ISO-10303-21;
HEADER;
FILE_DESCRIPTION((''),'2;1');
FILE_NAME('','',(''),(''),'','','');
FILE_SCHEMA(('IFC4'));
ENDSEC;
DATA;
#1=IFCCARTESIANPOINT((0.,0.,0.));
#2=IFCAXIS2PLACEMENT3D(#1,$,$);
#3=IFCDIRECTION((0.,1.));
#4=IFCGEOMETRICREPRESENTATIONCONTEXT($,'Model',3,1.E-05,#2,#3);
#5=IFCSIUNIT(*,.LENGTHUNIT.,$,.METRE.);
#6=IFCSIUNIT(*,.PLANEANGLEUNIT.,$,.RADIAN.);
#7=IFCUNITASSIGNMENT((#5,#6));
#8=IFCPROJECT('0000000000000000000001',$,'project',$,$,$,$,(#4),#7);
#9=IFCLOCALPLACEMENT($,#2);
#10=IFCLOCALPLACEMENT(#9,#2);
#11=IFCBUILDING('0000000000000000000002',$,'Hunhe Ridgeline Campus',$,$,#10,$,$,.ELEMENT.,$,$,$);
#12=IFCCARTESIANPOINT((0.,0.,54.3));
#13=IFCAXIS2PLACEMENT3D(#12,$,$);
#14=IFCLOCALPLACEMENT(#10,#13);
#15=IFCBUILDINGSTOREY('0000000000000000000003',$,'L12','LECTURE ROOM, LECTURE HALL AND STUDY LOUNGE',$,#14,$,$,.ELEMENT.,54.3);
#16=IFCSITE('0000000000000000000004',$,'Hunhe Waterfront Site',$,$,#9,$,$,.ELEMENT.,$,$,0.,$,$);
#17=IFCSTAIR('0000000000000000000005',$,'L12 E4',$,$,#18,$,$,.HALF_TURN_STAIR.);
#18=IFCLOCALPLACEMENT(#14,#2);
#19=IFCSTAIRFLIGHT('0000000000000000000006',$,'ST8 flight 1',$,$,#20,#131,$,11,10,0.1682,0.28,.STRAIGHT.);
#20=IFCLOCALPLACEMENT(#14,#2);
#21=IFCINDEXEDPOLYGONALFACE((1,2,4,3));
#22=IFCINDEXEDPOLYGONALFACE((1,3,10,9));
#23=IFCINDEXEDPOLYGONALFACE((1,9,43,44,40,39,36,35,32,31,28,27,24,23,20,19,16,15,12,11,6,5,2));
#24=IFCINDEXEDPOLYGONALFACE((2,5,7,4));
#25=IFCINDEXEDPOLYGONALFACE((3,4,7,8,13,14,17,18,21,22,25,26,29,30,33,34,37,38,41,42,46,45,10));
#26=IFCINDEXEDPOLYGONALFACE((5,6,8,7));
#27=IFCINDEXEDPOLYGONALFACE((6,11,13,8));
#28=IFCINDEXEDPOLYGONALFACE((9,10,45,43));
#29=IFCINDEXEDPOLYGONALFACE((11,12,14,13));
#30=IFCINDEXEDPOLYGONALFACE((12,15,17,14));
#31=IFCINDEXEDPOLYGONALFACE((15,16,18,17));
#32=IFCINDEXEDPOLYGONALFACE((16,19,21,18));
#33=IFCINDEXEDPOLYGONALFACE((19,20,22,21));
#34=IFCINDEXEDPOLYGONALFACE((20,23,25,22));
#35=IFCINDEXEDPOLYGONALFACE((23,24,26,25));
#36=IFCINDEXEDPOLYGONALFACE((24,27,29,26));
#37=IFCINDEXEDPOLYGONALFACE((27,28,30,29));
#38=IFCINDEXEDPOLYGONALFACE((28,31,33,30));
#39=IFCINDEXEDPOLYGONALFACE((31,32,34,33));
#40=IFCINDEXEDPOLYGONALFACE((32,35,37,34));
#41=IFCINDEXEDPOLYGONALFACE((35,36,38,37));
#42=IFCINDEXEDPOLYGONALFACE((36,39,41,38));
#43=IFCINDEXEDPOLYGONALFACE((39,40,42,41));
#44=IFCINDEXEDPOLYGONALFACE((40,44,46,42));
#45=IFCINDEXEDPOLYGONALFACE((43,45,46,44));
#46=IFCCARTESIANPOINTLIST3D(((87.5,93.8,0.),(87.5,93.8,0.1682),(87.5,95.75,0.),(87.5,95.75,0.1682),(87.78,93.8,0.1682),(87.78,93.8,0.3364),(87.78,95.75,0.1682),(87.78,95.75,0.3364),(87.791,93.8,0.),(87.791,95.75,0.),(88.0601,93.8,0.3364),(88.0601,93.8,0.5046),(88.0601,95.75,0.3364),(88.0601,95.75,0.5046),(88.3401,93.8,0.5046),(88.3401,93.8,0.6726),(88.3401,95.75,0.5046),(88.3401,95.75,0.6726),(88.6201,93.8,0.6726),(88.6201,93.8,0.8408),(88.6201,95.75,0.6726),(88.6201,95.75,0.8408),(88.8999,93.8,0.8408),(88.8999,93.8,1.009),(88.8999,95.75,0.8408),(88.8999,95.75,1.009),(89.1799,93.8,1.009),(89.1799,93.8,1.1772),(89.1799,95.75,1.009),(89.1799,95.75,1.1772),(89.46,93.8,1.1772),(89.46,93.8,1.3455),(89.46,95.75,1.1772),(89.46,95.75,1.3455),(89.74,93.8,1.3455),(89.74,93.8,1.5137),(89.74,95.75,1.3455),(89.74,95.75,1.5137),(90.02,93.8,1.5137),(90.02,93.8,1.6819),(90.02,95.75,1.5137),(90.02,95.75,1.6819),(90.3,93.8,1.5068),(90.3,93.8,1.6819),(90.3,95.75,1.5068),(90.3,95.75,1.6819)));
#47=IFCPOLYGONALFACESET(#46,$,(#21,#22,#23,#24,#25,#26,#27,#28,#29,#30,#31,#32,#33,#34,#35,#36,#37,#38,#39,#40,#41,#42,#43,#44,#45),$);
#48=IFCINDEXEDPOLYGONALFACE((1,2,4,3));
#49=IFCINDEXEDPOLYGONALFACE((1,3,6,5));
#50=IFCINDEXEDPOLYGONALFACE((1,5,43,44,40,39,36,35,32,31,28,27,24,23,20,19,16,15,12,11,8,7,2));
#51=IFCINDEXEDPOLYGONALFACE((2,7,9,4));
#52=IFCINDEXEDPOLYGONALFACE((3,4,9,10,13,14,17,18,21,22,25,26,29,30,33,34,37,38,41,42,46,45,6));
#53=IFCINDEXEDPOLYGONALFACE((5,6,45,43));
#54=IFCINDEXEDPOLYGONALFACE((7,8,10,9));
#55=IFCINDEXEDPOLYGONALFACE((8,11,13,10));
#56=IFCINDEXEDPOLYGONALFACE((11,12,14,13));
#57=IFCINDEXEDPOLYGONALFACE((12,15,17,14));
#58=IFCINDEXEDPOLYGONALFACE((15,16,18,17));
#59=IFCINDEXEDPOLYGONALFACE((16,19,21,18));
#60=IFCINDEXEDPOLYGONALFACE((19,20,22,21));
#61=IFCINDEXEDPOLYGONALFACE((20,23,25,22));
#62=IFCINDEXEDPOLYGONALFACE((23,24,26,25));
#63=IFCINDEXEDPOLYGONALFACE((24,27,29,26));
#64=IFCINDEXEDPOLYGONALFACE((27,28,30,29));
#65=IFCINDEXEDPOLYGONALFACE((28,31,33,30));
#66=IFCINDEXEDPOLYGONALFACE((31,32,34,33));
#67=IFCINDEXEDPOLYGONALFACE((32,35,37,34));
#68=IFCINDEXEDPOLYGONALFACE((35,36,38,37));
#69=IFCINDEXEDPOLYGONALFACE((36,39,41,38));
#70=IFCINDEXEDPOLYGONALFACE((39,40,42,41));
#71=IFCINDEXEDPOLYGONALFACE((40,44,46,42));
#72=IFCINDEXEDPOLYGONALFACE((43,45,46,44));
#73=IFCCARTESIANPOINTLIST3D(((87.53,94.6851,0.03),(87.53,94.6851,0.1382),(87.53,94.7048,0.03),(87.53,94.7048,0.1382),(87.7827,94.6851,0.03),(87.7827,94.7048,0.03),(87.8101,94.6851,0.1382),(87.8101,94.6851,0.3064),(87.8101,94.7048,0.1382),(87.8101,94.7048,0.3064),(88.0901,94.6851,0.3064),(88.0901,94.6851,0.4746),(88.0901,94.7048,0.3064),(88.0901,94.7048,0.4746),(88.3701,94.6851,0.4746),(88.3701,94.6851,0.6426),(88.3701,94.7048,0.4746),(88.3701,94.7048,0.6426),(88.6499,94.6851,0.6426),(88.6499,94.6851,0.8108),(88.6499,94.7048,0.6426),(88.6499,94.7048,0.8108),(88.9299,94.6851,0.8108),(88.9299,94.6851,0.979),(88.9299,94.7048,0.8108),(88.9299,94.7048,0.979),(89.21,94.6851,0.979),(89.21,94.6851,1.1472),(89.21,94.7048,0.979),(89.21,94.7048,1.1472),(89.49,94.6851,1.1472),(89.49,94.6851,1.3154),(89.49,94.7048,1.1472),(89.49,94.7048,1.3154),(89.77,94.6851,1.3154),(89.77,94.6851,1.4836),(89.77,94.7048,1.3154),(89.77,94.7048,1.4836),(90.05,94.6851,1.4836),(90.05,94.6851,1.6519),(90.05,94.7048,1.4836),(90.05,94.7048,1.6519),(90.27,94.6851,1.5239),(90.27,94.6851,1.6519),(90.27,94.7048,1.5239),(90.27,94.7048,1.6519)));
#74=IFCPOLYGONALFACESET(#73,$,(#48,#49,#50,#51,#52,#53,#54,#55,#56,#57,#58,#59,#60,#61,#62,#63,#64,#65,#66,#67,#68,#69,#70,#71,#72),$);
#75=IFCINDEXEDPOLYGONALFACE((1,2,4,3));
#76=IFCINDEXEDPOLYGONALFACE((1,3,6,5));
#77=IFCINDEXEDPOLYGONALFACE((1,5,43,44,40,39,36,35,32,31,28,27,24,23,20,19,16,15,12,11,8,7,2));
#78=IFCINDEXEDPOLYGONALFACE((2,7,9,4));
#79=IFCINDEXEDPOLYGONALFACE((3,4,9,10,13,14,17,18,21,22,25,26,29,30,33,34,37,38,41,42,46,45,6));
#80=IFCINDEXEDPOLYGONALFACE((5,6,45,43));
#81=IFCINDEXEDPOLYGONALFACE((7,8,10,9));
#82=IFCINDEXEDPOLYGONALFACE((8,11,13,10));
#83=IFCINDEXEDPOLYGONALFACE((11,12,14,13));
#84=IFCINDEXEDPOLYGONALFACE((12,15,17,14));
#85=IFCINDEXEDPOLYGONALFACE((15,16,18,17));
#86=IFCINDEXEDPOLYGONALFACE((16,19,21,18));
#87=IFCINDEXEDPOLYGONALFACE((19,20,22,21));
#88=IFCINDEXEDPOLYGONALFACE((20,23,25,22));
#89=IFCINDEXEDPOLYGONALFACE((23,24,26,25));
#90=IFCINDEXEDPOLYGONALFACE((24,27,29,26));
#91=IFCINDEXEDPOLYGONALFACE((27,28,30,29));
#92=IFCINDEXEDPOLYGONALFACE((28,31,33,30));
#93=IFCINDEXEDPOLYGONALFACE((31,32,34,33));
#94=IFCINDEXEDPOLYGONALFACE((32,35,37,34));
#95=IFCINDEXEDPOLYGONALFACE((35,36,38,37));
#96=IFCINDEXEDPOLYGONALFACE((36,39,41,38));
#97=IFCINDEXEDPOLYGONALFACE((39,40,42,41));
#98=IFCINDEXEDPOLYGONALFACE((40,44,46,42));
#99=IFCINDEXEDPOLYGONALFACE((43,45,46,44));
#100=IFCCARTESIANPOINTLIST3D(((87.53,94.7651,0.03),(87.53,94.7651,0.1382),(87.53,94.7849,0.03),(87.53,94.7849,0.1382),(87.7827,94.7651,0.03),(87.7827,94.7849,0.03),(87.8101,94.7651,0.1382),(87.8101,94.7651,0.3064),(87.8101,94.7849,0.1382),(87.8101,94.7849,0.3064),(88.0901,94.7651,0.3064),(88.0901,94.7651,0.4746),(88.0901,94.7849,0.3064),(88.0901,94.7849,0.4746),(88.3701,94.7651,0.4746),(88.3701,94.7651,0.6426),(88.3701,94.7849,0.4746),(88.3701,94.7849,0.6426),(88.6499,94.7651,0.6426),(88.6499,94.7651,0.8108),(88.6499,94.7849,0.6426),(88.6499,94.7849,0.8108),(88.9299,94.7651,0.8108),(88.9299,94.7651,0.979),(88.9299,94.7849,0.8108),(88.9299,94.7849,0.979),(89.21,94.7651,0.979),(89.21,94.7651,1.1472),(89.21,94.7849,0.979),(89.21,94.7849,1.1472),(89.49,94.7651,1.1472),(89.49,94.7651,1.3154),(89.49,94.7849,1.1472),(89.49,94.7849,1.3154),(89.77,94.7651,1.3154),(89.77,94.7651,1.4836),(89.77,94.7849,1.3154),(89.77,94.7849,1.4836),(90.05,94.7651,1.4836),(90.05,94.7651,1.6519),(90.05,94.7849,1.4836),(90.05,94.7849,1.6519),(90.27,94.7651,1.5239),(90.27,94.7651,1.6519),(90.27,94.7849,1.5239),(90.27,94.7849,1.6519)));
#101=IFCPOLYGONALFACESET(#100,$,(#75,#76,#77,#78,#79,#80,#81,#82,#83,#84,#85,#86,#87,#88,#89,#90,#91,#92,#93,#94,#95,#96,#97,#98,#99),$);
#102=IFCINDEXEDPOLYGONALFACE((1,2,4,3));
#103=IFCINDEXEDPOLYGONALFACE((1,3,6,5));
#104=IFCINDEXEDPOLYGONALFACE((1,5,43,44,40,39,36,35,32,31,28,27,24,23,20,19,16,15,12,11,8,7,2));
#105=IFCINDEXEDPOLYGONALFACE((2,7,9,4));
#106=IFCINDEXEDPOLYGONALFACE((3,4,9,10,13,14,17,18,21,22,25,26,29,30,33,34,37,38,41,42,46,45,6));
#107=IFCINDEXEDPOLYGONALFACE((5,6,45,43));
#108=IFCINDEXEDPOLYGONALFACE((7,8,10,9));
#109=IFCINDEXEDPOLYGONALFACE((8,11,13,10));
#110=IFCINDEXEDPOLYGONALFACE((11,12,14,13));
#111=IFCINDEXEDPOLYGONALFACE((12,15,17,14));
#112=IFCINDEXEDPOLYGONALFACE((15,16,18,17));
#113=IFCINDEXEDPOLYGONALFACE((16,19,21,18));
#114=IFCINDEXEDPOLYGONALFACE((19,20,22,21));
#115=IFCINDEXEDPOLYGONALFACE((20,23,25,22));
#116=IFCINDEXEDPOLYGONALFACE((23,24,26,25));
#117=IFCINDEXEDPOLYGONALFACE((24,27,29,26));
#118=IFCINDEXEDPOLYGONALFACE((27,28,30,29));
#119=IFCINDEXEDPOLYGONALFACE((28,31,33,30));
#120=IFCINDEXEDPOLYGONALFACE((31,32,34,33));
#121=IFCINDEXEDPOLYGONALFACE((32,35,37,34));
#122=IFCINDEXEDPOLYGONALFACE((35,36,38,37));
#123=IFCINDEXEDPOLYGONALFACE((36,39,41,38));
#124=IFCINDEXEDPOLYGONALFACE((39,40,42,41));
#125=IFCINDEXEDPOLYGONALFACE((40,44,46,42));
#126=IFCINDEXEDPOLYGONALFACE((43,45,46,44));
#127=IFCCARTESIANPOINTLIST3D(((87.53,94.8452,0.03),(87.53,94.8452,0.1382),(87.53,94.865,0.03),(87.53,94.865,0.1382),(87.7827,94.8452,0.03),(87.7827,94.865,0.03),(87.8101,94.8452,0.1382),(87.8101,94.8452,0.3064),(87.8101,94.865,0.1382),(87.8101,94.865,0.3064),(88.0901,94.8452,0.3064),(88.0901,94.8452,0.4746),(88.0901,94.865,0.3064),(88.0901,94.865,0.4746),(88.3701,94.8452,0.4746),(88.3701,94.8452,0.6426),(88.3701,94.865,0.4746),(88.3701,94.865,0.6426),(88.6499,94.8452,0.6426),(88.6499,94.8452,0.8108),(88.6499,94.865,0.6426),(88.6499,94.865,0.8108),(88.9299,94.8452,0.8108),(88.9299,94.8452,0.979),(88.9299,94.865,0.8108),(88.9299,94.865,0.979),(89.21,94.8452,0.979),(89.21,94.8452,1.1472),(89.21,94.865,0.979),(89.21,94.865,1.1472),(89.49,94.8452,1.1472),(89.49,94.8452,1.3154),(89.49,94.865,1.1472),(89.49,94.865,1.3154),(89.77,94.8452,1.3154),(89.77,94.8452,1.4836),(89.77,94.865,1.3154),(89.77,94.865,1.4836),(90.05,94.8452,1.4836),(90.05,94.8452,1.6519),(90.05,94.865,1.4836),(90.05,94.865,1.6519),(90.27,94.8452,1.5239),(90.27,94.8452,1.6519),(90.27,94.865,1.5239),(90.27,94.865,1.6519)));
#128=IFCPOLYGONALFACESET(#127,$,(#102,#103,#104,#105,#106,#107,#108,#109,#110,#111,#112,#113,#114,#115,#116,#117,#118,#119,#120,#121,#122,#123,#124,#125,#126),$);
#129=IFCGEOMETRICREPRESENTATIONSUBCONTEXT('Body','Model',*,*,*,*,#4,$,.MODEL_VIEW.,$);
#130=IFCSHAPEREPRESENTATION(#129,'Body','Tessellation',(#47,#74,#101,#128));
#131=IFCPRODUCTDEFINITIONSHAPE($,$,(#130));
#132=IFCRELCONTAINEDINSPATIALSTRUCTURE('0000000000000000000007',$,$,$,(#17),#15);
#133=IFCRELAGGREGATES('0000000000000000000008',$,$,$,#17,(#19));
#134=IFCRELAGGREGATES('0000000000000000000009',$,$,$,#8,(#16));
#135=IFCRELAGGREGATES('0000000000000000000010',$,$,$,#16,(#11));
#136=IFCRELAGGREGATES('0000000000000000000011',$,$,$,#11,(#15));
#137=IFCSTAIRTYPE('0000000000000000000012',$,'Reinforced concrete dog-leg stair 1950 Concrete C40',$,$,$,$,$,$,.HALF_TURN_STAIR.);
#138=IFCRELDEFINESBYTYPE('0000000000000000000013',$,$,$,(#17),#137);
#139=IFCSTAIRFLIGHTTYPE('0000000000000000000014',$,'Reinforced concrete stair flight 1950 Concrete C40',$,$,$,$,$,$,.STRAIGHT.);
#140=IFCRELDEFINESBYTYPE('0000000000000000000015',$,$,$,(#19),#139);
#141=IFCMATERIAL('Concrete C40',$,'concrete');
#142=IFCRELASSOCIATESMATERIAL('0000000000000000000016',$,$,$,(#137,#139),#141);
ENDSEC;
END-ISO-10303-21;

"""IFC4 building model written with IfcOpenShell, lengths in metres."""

from ifc_helpers import new_model, si_unit, direction, frame, origin, place, context, subcontext, project, spatial, polyline, outline, extrude, material, type_object, element, aggregate, save


model = new_model("IFC4")

# Units and contexts
model_context = context("Model", 3, precision=1e-05, world=origin(), true_north=direction((0.0, 1.0)))
body_context = subcontext(model_context, "Body", "Model", "MODEL_VIEW")
ifc_project = project(units=[si_unit("LENGTHUNIT", "METRE"), si_unit("PLANEANGLEUNIT", "RADIAN")], contexts=[model_context])

# Site, building, storey
site_placement = place(None, origin())
site = spatial("IfcSite", under=ifc_project, at=site_placement, Name="Hunhe Waterfront Site", CompositionType="ELEMENT", RefElevation=0.0)
building_placement = place(site_placement, origin())
building = spatial("IfcBuilding", under=site, at=building_placement, Name="Hunhe Ridgeline Campus", CompositionType="ELEMENT")
storey_placement = place(building_placement, frame((0.0, 0.0, 54.3)))
storey = spatial("IfcBuildingStorey", under=building, at=storey_placement, Name="L12", Description="LECTURE ROOM, LECTURE HALL AND STUDY LOUNGE", CompositionType="ELEMENT", Elevation=54.3)

# Stair, stair flight
ifc_material_1 = material(Name="Concrete C40", Category="concrete")
stair_type = type_object("IfcStairType", Name="Reinforced concrete dog-leg stair 1950 Concrete C40", PredefinedType="HALF_TURN_STAIR", material=ifc_material_1)
stair_placement = place(storey_placement, origin())
stair = element("IfcStair", 1, at=stair_placement, inside=storey, type_object=stair_type, Name="L12 E4", PredefinedType="HALF_TURN_STAIR")
stair_flight_type = type_object("IfcStairFlightType", Name="Reinforced concrete stair flight 1950 Concrete C40", PredefinedType="STRAIGHT", material=ifc_material_1)
stair_flight_1_placement = place(storey_placement, frame((87.5, 94.7749, 0.0), z_axis=(0.0, 0.0, 1.0), x_axis=(1.0, 0.0, 0.0)))
stair_flight_1 = element("IfcStairFlight", 2, at=stair_flight_1_placement, type_object=stair_flight_type, Name="ST8 flight 1", NumberOfRisers=11, NumberOfTreads=10, PredefinedType="STRAIGHT", RiserHeight=0.1682, TreadLength=0.28, context=body_context, shape_type="SweptSolid", body=[
    extrude(outline(polyline([(0.0, 0.0), (0.0, 0.1682), (0.28, 0.1682), (0.28, 0.3364), (0.5601, 0.3364), (0.5601, 0.5046), (0.8401, 0.5046), (0.8401, 0.6726), (1.1201, 0.6726), (1.1201, 0.8408), (1.3999, 0.8408), (1.3999, 1.009), (1.6799, 1.009), (1.6799, 1.1772), (1.96, 1.1772), (1.96, 1.3455), (2.24, 1.3455), (2.24, 1.5137), (2.52, 1.5137), (2.52, 1.6819), (2.8, 1.6819), (2.8, 1.8501), (2.8, 1.5068), (0.291, 0.0), (0.0, 0.0)])), frame((0.0, 0.9751, 0.0), z_axis=(0.0, -1.0, 0.0), x_axis=(1.0, 0.0, 0.0)), (0.0, 0.0, 1.0), 1.95),
    extrude(outline(polyline([(0.03, 0.03), (0.03, 0.1382), (0.3101, 0.1382), (0.3101, 0.3064), (0.5901, 0.3064), (0.5901, 0.4746), (0.8701, 0.4746), (0.8701, 0.6426), (1.1499, 0.6426), (1.1499, 0.8108), (1.4299, 0.8108), (1.4299, 0.979), (1.71, 0.979), (1.71, 1.1472), (1.99, 1.1472), (1.99, 1.3154), (2.27, 1.3154), (2.27, 1.4836), (2.55, 1.4836), (2.55, 1.6519), (2.77, 1.6519), (2.77, 1.5239), (0.2827, 0.03), (0.03, 0.03)])), frame((0.0, -0.0701, 0.0), z_axis=(0.0, -1.0, 0.0), x_axis=(1.0, 0.0, 0.0)), (0.0, 0.0, 1.0), 0.0198),
    extrude(outline(polyline([(0.03, 0.03), (0.03, 0.1382), (0.3101, 0.1382), (0.3101, 0.3064), (0.5901, 0.3064), (0.5901, 0.4746), (0.8701, 0.4746), (0.8701, 0.6426), (1.1499, 0.6426), (1.1499, 0.8108), (1.4299, 0.8108), (1.4299, 0.979), (1.71, 0.979), (1.71, 1.1472), (1.99, 1.1472), (1.99, 1.3154), (2.27, 1.3154), (2.27, 1.4836), (2.55, 1.4836), (2.55, 1.6519), (2.77, 1.6519), (2.77, 1.5239), (0.2827, 0.03), (0.03, 0.03)])), frame((0.0, 0.01, 0.0), z_axis=(0.0, -1.0, 0.0), x_axis=(1.0, 0.0, 0.0)), (0.0, 0.0, 1.0), 0.0198),
    extrude(outline(polyline([(0.03, 0.03), (0.03, 0.1382), (0.3101, 0.1382), (0.3101, 0.3064), (0.5901, 0.3064), (0.5901, 0.4746), (0.8701, 0.4746), (0.8701, 0.6426), (1.1499, 0.6426), (1.1499, 0.8108), (1.4299, 0.8108), (1.4299, 0.979), (1.71, 0.979), (1.71, 1.1472), (1.99, 1.1472), (1.99, 1.3154), (2.27, 1.3154), (2.27, 1.4836), (2.55, 1.4836), (2.55, 1.6519), (2.77, 1.6519), (2.77, 1.5239), (0.2827, 0.03), (0.03, 0.03)])), frame((0.0, 0.0901, 0.0), z_axis=(0.0, -1.0, 0.0), x_axis=(1.0, 0.0, 0.0)), (0.0, 0.0, 1.0), 0.0198),
])
aggregate(stair, [stair_flight_1])

save(model, "model.ifc")
